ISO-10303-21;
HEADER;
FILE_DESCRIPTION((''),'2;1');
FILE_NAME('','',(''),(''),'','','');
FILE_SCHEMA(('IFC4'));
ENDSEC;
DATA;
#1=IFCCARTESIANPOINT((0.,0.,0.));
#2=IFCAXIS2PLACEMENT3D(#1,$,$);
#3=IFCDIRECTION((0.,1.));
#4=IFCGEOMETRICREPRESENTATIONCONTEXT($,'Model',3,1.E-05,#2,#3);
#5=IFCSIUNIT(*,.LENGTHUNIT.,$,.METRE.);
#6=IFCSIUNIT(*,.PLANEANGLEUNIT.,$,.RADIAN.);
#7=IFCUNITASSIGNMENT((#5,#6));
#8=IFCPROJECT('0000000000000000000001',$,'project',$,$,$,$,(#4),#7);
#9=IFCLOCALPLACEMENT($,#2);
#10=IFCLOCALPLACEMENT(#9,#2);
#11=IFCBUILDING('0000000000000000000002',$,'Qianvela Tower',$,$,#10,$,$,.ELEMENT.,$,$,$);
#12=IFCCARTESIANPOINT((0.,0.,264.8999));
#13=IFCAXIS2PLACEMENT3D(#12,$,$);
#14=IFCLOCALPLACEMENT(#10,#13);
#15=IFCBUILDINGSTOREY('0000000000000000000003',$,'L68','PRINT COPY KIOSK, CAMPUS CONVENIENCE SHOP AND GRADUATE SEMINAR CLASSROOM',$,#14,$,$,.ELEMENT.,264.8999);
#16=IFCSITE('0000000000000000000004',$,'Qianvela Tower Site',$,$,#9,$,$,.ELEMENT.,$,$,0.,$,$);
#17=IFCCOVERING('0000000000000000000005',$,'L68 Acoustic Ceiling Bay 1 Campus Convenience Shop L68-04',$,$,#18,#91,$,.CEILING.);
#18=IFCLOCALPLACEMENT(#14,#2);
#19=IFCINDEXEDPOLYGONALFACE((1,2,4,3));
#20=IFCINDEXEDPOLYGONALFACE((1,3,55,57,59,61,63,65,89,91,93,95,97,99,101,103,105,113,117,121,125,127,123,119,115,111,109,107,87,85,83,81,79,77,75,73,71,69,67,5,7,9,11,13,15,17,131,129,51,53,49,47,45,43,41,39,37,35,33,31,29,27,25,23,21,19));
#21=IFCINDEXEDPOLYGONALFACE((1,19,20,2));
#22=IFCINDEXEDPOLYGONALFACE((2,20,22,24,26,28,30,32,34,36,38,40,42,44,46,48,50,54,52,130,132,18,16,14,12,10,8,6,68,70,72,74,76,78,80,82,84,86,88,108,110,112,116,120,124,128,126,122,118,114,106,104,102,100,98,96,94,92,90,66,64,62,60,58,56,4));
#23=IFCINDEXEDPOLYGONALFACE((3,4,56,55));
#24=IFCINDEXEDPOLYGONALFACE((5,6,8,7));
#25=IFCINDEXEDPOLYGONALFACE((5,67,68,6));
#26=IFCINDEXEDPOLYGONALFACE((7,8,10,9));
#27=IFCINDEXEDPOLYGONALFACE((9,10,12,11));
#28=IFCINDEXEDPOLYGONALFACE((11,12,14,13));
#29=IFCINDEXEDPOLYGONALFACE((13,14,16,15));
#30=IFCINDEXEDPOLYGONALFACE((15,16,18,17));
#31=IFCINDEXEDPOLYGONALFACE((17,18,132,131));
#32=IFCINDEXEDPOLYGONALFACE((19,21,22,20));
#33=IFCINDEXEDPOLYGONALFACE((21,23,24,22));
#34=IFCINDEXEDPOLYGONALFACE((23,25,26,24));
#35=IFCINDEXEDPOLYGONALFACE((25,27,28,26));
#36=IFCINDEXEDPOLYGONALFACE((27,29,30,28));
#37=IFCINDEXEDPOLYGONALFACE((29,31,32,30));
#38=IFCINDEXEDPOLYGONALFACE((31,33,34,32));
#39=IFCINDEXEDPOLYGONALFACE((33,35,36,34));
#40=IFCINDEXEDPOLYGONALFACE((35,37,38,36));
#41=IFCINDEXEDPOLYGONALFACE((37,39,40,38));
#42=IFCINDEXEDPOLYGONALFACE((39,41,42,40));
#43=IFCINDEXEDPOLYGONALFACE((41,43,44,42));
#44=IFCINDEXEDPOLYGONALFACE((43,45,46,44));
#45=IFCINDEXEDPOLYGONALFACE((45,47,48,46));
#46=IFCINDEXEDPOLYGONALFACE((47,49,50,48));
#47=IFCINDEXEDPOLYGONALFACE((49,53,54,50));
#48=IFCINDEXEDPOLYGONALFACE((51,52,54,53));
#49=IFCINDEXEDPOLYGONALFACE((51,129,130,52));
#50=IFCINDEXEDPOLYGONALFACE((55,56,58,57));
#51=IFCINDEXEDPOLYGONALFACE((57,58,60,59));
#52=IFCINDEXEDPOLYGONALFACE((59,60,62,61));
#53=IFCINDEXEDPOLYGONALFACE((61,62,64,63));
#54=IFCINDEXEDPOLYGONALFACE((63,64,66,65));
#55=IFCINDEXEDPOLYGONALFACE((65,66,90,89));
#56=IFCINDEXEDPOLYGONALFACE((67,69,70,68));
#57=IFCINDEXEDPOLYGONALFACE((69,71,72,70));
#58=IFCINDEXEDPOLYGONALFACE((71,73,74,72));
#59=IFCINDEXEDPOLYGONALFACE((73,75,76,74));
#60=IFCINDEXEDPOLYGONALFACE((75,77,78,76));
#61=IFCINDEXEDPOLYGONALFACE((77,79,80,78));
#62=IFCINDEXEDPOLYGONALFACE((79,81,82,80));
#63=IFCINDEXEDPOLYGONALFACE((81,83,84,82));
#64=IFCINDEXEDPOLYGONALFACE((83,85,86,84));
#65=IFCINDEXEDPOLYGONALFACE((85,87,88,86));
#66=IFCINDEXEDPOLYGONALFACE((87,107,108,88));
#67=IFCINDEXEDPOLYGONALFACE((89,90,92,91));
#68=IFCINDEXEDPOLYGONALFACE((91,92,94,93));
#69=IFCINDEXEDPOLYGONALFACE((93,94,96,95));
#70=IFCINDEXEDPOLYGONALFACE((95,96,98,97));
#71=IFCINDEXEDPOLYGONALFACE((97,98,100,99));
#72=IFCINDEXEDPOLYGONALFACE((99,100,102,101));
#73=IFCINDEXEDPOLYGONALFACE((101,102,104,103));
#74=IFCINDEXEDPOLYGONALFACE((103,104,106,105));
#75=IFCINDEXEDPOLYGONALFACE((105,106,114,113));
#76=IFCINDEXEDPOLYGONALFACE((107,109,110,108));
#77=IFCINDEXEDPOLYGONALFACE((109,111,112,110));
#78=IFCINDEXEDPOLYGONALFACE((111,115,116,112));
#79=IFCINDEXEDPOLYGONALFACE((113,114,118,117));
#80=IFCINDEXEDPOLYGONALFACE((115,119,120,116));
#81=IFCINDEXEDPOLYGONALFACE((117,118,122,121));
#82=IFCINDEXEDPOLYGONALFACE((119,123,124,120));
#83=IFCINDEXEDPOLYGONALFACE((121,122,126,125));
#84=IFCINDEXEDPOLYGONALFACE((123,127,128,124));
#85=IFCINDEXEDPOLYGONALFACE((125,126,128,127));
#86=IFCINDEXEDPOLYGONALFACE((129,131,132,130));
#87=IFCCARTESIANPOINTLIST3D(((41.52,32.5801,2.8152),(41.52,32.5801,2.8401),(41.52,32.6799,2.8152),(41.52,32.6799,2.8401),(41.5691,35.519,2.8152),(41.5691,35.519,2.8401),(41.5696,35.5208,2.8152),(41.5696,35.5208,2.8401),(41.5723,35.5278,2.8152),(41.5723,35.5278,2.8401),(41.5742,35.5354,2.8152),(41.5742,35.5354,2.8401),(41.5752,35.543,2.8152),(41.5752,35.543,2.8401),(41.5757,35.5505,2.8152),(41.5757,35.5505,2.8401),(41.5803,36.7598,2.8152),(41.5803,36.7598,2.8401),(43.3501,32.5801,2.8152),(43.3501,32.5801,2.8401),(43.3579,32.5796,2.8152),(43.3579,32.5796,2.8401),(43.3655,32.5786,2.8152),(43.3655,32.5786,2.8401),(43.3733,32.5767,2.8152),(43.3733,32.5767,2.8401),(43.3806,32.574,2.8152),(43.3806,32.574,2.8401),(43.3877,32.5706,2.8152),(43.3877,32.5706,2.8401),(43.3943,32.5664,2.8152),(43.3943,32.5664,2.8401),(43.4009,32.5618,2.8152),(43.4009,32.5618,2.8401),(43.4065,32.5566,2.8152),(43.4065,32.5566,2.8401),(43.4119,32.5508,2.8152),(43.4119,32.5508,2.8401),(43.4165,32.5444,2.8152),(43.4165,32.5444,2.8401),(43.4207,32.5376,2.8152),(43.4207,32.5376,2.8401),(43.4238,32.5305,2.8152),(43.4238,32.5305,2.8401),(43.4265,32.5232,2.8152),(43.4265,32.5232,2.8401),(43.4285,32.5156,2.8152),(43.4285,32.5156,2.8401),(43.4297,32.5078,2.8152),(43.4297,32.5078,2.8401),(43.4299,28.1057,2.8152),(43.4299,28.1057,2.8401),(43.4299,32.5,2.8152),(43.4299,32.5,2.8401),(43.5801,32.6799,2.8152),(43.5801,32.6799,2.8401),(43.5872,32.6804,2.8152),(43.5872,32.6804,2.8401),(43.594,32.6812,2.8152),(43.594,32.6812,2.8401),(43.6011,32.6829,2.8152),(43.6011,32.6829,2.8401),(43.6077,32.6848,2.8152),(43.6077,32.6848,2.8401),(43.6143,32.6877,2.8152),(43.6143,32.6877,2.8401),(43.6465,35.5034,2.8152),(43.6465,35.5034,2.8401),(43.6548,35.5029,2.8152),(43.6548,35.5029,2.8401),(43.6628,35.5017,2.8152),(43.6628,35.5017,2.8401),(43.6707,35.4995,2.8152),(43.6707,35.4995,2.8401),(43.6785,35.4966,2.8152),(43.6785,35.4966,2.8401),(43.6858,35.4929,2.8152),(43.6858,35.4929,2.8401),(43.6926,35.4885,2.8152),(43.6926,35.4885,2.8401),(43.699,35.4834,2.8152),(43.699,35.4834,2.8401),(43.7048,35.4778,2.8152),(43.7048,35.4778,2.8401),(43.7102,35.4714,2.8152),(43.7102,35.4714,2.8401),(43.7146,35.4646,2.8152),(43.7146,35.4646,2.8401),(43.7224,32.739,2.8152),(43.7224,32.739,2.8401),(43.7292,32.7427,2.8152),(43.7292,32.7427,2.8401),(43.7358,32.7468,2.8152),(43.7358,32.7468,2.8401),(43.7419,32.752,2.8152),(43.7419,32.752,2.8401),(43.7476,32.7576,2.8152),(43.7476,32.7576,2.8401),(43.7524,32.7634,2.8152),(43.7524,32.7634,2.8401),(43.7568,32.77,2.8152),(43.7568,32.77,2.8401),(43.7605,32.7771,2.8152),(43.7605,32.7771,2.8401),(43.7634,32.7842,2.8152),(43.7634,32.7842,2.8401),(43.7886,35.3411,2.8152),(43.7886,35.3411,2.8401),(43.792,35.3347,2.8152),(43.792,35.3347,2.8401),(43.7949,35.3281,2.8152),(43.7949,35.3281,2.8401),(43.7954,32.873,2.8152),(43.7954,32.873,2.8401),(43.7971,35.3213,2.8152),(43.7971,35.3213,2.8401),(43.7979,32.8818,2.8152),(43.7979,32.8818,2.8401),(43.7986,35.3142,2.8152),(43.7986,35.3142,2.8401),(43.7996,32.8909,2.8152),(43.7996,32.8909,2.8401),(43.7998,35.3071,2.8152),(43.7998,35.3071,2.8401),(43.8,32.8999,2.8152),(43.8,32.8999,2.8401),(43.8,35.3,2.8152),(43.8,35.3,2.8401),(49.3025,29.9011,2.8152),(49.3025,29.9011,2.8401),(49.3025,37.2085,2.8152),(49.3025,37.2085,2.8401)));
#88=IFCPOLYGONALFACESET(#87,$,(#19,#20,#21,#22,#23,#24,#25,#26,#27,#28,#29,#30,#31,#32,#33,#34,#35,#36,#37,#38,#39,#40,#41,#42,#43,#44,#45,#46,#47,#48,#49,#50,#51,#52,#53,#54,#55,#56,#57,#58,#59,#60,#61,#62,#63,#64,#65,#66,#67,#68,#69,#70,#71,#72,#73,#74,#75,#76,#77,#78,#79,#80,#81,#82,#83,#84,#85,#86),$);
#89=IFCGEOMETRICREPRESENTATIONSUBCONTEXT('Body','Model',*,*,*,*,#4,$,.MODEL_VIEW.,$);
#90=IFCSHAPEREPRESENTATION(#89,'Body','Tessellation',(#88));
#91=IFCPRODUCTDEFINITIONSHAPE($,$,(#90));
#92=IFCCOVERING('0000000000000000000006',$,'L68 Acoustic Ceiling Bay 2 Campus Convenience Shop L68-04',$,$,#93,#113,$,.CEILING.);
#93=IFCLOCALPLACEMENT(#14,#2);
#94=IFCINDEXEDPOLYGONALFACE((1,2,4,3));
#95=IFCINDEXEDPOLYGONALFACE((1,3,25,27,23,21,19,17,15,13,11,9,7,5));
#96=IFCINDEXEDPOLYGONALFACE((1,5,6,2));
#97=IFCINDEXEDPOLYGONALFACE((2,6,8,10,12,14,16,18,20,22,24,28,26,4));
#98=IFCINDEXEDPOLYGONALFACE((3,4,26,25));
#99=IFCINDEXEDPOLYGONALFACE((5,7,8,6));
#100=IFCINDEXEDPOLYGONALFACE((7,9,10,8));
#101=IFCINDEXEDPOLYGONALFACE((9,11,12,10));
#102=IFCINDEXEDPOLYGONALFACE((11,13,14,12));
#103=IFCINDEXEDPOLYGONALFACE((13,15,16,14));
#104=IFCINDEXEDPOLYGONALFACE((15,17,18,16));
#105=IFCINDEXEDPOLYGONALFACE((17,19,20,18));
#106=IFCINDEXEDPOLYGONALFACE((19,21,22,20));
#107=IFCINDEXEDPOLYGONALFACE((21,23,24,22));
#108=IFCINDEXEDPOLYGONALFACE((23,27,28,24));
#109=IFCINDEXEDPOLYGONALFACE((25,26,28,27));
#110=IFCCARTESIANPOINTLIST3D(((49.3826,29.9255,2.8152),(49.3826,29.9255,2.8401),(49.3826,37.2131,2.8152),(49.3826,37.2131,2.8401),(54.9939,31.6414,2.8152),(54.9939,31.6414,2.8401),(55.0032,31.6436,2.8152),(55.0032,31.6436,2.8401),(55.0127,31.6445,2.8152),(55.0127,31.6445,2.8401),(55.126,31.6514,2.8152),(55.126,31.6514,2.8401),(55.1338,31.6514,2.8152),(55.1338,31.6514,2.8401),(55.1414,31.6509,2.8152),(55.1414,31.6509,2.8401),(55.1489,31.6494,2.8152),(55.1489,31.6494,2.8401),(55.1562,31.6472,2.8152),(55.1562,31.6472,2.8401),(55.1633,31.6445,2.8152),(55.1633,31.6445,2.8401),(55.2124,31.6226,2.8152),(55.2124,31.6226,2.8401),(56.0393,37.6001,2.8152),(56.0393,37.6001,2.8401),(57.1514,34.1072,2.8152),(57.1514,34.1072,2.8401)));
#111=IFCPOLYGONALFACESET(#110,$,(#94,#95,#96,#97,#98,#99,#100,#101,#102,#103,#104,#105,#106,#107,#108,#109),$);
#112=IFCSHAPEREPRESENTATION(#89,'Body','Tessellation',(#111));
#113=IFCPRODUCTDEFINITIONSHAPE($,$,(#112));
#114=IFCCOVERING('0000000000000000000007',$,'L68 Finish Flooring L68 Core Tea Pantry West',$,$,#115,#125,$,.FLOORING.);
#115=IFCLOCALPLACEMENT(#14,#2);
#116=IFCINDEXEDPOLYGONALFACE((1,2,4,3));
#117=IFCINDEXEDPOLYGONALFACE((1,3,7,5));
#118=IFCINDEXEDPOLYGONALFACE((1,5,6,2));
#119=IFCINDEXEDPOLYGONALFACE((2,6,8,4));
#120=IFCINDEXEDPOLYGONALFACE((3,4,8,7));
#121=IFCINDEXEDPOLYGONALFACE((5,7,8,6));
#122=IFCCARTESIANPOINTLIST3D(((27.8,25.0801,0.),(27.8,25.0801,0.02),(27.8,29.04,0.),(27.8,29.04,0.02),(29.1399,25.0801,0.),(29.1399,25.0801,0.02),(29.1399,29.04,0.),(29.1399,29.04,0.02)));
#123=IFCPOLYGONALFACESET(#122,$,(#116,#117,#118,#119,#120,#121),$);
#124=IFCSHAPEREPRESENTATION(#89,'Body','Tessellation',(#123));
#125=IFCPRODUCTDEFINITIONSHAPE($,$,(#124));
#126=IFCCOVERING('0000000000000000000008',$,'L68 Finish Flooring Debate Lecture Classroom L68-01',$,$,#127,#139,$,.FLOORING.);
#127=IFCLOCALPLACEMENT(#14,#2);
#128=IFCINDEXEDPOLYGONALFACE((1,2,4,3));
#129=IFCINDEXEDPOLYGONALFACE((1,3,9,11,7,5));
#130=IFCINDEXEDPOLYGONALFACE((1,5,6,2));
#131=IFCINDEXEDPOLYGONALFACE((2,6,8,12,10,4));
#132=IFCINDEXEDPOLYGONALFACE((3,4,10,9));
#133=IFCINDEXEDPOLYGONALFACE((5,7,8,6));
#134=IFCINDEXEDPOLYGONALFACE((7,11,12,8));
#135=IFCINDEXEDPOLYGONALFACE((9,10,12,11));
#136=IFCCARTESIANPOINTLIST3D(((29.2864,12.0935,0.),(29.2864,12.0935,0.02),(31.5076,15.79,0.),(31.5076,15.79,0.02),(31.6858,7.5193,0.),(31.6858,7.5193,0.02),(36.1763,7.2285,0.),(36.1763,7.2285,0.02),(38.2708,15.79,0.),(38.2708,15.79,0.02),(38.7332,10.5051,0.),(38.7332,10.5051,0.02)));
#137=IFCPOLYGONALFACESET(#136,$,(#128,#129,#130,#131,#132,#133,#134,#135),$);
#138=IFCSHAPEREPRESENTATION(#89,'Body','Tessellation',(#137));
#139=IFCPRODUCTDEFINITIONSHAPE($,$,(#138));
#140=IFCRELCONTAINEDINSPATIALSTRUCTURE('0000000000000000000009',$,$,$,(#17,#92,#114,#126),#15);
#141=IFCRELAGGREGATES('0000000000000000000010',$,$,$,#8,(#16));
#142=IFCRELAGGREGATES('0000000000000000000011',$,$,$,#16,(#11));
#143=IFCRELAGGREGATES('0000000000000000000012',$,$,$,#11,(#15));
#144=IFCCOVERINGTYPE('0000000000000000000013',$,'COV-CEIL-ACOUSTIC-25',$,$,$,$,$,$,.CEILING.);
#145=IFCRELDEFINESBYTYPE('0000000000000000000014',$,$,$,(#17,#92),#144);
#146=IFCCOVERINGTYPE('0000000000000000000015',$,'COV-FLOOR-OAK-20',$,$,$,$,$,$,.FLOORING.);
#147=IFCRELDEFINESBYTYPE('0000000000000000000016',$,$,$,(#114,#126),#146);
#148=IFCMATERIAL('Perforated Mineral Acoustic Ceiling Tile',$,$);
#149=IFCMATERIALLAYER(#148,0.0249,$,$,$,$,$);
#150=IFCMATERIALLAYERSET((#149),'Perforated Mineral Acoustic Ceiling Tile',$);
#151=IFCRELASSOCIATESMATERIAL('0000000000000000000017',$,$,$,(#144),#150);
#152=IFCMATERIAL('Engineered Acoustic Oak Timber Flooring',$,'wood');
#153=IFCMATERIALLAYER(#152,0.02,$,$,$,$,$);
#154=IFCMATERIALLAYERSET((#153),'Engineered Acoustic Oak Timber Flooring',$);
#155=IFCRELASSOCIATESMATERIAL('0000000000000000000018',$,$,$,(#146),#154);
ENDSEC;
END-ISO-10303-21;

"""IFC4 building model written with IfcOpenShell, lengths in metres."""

from ifc_helpers import new_model, si_unit, direction, frame, origin, place, context, subcontext, project, spatial, polyline, outline, extrude, material, layer, layer_set, type_object, element, save


model = new_model("IFC4")

# Units and contexts
model_context = context("Model", 3, precision=1e-05, world=origin(), true_north=direction((0.0, 1.0)))
body_context = subcontext(model_context, "Body", "Model", "MODEL_VIEW")
ifc_project = project(units=[si_unit("LENGTHUNIT", "METRE"), si_unit("PLANEANGLEUNIT", "RADIAN")], contexts=[model_context])

# Site, building, storey
site_placement = place(None, origin())
site = spatial("IfcSite", under=ifc_project, at=site_placement, Name="Qianvela Tower Site", CompositionType="ELEMENT", RefElevation=0.0)
building_placement = place(site_placement, origin())
building = spatial("IfcBuilding", under=site, at=building_placement, Name="Qianvela Tower", CompositionType="ELEMENT")
storey_placement = place(building_placement, frame((0.0, 0.0, 264.8999)))
storey = spatial("IfcBuildingStorey", under=building, at=storey_placement, Name="L68", Description="PRINT COPY KIOSK, CAMPUS CONVENIENCE SHOP AND GRADUATE SEMINAR CLASSROOM", CompositionType="ELEMENT", Elevation=264.8999)

# Coverings
ifc_material_1 = material(Name="Perforated Mineral Acoustic Ceiling Tile")
ifc_layer_1 = layer(ifc_material_1, 0.0249)
ifc_layer_set_1 = layer_set([ifc_layer_1], Name="Perforated Mineral Acoustic Ceiling Tile")
covering_type_1 = type_object("IfcCoveringType", Name="COV-CEIL-ACOUSTIC-25", PredefinedType="CEILING", material=ifc_layer_set_1)
covering_1_placement = place(storey_placement, frame((0.0, 0.0, 2.8152)))
element("IfcCovering", 1, at=covering_1_placement, inside=storey, type_object=covering_type_1, Name="L68 Acoustic Ceiling Bay 1 Campus Convenience Shop L68-04", PredefinedType="CEILING", context=body_context, shape_type="SweptSolid", body=[
    extrude(outline(polyline([(41.5696, 35.5208), (41.5723, 35.5278), (41.5742, 35.5354), (41.5752, 35.543), (41.5757, 35.5505), (41.5803, 36.7598), (49.3025, 37.2085), (49.3025, 29.9011), (43.4299, 28.1057), (43.4299, 32.5), (43.4297, 32.5078), (43.4285, 32.5156), (43.4265, 32.5232), (43.4238, 32.5305), (43.4207, 32.5376), (43.4165, 32.5444), (43.4119, 32.5508), (43.4065, 32.5566), (43.4009, 32.5618), (43.3943, 32.5664), (43.3877, 32.5706), (43.3806, 32.574), (43.3733, 32.5767), (43.3655, 32.5786), (43.3579, 32.5796), (43.3501, 32.5801), (41.52, 32.5801), (41.52, 32.6799), (43.5801, 32.6799), (43.5872, 32.6804), (43.594, 32.6812), (43.6011, 32.6829), (43.6077, 32.6848), (43.6143, 32.6877), (43.7224, 32.739), (43.7292, 32.7427), (43.7358, 32.7468), (43.7419, 32.752), (43.7476, 32.7576), (43.7524, 32.7634), (43.7568, 32.77), (43.7605, 32.7771), (43.7634, 32.7842), (43.7954, 32.873), (43.7979, 32.8818), (43.7996, 32.8909), (43.8, 32.8999), (43.8, 35.3), (43.7998, 35.3071), (43.7986, 35.3142), (43.7971, 35.3213), (43.7949, 35.3281), (43.792, 35.3347), (43.7886, 35.3411), (43.7146, 35.4646), (43.7102, 35.4714), (43.7048, 35.4778), (43.699, 35.4834), (43.6926, 35.4885), (43.6858, 35.4929), (43.6785, 35.4966), (43.6707, 35.4995), (43.6628, 35.5017), (43.6548, 35.5029), (43.6465, 35.5034), (41.5691, 35.519), (41.5696, 35.5208)])), origin(), (0.0, 0.0, 1.0), 0.0249),
])
covering_2_placement = place(storey_placement, frame((0.0, 0.0, 2.8152)))
element("IfcCovering", 2, at=covering_2_placement, inside=storey, type_object=covering_type_1, Name="L68 Acoustic Ceiling Bay 2 Campus Convenience Shop L68-04", PredefinedType="CEILING", context=body_context, shape_type="SweptSolid", body=[
    extrude(outline(polyline([(56.0393, 37.6001), (57.1514, 34.1072), (55.2124, 31.6226), (55.1633, 31.6445), (55.1562, 31.6472), (55.1489, 31.6494), (55.1414, 31.6509), (55.1338, 31.6514), (55.126, 31.6514), (55.0127, 31.6445), (55.0032, 31.6436), (54.9939, 31.6414), (49.3826, 29.9255), (49.3826, 37.2131), (56.0393, 37.6001)])), origin(), (0.0, 0.0, 1.0), 0.0249),
])
ifc_material_2 = material(Name="Engineered Acoustic Oak Timber Flooring", Category="wood")
ifc_layer_2 = layer(ifc_material_2, 0.02)
ifc_layer_set_2 = layer_set([ifc_layer_2], Name="Engineered Acoustic Oak Timber Flooring")
covering_type_2 = type_object("IfcCoveringType", Name="COV-FLOOR-OAK-20", PredefinedType="FLOORING", material=ifc_layer_set_2)
covering_3_placement = place(storey_placement, origin())
element("IfcCovering", 3, at=covering_3_placement, inside=storey, type_object=covering_type_2, Name="L68 Finish Flooring L68 Core Tea Pantry West", PredefinedType="FLOORING", context=body_context, shape_type="SweptSolid", body=[
    extrude(outline(polyline([(27.8, 25.0801), (27.8, 29.04), (29.1399, 29.04), (29.1399, 25.0801), (27.8, 25.0801)])), origin(), (0.0, 0.0, 1.0), 0.02),
])
covering_4_placement = place(storey_placement, origin())
element("IfcCovering", 4, at=covering_4_placement, inside=storey, type_object=covering_type_2, Name="L68 Finish Flooring Debate Lecture Classroom L68-01", PredefinedType="FLOORING", context=body_context, shape_type="SweptSolid", body=[
    extrude(outline(polyline([(29.2864, 12.0935), (31.5076, 15.79), (38.2708, 15.79), (38.7332, 10.5051), (36.1763, 7.2285), (31.6858, 7.5193), (29.2864, 12.0935)])), origin(), (0.0, 0.0, 1.0), 0.02),
])

save(model, "model.ifc")
